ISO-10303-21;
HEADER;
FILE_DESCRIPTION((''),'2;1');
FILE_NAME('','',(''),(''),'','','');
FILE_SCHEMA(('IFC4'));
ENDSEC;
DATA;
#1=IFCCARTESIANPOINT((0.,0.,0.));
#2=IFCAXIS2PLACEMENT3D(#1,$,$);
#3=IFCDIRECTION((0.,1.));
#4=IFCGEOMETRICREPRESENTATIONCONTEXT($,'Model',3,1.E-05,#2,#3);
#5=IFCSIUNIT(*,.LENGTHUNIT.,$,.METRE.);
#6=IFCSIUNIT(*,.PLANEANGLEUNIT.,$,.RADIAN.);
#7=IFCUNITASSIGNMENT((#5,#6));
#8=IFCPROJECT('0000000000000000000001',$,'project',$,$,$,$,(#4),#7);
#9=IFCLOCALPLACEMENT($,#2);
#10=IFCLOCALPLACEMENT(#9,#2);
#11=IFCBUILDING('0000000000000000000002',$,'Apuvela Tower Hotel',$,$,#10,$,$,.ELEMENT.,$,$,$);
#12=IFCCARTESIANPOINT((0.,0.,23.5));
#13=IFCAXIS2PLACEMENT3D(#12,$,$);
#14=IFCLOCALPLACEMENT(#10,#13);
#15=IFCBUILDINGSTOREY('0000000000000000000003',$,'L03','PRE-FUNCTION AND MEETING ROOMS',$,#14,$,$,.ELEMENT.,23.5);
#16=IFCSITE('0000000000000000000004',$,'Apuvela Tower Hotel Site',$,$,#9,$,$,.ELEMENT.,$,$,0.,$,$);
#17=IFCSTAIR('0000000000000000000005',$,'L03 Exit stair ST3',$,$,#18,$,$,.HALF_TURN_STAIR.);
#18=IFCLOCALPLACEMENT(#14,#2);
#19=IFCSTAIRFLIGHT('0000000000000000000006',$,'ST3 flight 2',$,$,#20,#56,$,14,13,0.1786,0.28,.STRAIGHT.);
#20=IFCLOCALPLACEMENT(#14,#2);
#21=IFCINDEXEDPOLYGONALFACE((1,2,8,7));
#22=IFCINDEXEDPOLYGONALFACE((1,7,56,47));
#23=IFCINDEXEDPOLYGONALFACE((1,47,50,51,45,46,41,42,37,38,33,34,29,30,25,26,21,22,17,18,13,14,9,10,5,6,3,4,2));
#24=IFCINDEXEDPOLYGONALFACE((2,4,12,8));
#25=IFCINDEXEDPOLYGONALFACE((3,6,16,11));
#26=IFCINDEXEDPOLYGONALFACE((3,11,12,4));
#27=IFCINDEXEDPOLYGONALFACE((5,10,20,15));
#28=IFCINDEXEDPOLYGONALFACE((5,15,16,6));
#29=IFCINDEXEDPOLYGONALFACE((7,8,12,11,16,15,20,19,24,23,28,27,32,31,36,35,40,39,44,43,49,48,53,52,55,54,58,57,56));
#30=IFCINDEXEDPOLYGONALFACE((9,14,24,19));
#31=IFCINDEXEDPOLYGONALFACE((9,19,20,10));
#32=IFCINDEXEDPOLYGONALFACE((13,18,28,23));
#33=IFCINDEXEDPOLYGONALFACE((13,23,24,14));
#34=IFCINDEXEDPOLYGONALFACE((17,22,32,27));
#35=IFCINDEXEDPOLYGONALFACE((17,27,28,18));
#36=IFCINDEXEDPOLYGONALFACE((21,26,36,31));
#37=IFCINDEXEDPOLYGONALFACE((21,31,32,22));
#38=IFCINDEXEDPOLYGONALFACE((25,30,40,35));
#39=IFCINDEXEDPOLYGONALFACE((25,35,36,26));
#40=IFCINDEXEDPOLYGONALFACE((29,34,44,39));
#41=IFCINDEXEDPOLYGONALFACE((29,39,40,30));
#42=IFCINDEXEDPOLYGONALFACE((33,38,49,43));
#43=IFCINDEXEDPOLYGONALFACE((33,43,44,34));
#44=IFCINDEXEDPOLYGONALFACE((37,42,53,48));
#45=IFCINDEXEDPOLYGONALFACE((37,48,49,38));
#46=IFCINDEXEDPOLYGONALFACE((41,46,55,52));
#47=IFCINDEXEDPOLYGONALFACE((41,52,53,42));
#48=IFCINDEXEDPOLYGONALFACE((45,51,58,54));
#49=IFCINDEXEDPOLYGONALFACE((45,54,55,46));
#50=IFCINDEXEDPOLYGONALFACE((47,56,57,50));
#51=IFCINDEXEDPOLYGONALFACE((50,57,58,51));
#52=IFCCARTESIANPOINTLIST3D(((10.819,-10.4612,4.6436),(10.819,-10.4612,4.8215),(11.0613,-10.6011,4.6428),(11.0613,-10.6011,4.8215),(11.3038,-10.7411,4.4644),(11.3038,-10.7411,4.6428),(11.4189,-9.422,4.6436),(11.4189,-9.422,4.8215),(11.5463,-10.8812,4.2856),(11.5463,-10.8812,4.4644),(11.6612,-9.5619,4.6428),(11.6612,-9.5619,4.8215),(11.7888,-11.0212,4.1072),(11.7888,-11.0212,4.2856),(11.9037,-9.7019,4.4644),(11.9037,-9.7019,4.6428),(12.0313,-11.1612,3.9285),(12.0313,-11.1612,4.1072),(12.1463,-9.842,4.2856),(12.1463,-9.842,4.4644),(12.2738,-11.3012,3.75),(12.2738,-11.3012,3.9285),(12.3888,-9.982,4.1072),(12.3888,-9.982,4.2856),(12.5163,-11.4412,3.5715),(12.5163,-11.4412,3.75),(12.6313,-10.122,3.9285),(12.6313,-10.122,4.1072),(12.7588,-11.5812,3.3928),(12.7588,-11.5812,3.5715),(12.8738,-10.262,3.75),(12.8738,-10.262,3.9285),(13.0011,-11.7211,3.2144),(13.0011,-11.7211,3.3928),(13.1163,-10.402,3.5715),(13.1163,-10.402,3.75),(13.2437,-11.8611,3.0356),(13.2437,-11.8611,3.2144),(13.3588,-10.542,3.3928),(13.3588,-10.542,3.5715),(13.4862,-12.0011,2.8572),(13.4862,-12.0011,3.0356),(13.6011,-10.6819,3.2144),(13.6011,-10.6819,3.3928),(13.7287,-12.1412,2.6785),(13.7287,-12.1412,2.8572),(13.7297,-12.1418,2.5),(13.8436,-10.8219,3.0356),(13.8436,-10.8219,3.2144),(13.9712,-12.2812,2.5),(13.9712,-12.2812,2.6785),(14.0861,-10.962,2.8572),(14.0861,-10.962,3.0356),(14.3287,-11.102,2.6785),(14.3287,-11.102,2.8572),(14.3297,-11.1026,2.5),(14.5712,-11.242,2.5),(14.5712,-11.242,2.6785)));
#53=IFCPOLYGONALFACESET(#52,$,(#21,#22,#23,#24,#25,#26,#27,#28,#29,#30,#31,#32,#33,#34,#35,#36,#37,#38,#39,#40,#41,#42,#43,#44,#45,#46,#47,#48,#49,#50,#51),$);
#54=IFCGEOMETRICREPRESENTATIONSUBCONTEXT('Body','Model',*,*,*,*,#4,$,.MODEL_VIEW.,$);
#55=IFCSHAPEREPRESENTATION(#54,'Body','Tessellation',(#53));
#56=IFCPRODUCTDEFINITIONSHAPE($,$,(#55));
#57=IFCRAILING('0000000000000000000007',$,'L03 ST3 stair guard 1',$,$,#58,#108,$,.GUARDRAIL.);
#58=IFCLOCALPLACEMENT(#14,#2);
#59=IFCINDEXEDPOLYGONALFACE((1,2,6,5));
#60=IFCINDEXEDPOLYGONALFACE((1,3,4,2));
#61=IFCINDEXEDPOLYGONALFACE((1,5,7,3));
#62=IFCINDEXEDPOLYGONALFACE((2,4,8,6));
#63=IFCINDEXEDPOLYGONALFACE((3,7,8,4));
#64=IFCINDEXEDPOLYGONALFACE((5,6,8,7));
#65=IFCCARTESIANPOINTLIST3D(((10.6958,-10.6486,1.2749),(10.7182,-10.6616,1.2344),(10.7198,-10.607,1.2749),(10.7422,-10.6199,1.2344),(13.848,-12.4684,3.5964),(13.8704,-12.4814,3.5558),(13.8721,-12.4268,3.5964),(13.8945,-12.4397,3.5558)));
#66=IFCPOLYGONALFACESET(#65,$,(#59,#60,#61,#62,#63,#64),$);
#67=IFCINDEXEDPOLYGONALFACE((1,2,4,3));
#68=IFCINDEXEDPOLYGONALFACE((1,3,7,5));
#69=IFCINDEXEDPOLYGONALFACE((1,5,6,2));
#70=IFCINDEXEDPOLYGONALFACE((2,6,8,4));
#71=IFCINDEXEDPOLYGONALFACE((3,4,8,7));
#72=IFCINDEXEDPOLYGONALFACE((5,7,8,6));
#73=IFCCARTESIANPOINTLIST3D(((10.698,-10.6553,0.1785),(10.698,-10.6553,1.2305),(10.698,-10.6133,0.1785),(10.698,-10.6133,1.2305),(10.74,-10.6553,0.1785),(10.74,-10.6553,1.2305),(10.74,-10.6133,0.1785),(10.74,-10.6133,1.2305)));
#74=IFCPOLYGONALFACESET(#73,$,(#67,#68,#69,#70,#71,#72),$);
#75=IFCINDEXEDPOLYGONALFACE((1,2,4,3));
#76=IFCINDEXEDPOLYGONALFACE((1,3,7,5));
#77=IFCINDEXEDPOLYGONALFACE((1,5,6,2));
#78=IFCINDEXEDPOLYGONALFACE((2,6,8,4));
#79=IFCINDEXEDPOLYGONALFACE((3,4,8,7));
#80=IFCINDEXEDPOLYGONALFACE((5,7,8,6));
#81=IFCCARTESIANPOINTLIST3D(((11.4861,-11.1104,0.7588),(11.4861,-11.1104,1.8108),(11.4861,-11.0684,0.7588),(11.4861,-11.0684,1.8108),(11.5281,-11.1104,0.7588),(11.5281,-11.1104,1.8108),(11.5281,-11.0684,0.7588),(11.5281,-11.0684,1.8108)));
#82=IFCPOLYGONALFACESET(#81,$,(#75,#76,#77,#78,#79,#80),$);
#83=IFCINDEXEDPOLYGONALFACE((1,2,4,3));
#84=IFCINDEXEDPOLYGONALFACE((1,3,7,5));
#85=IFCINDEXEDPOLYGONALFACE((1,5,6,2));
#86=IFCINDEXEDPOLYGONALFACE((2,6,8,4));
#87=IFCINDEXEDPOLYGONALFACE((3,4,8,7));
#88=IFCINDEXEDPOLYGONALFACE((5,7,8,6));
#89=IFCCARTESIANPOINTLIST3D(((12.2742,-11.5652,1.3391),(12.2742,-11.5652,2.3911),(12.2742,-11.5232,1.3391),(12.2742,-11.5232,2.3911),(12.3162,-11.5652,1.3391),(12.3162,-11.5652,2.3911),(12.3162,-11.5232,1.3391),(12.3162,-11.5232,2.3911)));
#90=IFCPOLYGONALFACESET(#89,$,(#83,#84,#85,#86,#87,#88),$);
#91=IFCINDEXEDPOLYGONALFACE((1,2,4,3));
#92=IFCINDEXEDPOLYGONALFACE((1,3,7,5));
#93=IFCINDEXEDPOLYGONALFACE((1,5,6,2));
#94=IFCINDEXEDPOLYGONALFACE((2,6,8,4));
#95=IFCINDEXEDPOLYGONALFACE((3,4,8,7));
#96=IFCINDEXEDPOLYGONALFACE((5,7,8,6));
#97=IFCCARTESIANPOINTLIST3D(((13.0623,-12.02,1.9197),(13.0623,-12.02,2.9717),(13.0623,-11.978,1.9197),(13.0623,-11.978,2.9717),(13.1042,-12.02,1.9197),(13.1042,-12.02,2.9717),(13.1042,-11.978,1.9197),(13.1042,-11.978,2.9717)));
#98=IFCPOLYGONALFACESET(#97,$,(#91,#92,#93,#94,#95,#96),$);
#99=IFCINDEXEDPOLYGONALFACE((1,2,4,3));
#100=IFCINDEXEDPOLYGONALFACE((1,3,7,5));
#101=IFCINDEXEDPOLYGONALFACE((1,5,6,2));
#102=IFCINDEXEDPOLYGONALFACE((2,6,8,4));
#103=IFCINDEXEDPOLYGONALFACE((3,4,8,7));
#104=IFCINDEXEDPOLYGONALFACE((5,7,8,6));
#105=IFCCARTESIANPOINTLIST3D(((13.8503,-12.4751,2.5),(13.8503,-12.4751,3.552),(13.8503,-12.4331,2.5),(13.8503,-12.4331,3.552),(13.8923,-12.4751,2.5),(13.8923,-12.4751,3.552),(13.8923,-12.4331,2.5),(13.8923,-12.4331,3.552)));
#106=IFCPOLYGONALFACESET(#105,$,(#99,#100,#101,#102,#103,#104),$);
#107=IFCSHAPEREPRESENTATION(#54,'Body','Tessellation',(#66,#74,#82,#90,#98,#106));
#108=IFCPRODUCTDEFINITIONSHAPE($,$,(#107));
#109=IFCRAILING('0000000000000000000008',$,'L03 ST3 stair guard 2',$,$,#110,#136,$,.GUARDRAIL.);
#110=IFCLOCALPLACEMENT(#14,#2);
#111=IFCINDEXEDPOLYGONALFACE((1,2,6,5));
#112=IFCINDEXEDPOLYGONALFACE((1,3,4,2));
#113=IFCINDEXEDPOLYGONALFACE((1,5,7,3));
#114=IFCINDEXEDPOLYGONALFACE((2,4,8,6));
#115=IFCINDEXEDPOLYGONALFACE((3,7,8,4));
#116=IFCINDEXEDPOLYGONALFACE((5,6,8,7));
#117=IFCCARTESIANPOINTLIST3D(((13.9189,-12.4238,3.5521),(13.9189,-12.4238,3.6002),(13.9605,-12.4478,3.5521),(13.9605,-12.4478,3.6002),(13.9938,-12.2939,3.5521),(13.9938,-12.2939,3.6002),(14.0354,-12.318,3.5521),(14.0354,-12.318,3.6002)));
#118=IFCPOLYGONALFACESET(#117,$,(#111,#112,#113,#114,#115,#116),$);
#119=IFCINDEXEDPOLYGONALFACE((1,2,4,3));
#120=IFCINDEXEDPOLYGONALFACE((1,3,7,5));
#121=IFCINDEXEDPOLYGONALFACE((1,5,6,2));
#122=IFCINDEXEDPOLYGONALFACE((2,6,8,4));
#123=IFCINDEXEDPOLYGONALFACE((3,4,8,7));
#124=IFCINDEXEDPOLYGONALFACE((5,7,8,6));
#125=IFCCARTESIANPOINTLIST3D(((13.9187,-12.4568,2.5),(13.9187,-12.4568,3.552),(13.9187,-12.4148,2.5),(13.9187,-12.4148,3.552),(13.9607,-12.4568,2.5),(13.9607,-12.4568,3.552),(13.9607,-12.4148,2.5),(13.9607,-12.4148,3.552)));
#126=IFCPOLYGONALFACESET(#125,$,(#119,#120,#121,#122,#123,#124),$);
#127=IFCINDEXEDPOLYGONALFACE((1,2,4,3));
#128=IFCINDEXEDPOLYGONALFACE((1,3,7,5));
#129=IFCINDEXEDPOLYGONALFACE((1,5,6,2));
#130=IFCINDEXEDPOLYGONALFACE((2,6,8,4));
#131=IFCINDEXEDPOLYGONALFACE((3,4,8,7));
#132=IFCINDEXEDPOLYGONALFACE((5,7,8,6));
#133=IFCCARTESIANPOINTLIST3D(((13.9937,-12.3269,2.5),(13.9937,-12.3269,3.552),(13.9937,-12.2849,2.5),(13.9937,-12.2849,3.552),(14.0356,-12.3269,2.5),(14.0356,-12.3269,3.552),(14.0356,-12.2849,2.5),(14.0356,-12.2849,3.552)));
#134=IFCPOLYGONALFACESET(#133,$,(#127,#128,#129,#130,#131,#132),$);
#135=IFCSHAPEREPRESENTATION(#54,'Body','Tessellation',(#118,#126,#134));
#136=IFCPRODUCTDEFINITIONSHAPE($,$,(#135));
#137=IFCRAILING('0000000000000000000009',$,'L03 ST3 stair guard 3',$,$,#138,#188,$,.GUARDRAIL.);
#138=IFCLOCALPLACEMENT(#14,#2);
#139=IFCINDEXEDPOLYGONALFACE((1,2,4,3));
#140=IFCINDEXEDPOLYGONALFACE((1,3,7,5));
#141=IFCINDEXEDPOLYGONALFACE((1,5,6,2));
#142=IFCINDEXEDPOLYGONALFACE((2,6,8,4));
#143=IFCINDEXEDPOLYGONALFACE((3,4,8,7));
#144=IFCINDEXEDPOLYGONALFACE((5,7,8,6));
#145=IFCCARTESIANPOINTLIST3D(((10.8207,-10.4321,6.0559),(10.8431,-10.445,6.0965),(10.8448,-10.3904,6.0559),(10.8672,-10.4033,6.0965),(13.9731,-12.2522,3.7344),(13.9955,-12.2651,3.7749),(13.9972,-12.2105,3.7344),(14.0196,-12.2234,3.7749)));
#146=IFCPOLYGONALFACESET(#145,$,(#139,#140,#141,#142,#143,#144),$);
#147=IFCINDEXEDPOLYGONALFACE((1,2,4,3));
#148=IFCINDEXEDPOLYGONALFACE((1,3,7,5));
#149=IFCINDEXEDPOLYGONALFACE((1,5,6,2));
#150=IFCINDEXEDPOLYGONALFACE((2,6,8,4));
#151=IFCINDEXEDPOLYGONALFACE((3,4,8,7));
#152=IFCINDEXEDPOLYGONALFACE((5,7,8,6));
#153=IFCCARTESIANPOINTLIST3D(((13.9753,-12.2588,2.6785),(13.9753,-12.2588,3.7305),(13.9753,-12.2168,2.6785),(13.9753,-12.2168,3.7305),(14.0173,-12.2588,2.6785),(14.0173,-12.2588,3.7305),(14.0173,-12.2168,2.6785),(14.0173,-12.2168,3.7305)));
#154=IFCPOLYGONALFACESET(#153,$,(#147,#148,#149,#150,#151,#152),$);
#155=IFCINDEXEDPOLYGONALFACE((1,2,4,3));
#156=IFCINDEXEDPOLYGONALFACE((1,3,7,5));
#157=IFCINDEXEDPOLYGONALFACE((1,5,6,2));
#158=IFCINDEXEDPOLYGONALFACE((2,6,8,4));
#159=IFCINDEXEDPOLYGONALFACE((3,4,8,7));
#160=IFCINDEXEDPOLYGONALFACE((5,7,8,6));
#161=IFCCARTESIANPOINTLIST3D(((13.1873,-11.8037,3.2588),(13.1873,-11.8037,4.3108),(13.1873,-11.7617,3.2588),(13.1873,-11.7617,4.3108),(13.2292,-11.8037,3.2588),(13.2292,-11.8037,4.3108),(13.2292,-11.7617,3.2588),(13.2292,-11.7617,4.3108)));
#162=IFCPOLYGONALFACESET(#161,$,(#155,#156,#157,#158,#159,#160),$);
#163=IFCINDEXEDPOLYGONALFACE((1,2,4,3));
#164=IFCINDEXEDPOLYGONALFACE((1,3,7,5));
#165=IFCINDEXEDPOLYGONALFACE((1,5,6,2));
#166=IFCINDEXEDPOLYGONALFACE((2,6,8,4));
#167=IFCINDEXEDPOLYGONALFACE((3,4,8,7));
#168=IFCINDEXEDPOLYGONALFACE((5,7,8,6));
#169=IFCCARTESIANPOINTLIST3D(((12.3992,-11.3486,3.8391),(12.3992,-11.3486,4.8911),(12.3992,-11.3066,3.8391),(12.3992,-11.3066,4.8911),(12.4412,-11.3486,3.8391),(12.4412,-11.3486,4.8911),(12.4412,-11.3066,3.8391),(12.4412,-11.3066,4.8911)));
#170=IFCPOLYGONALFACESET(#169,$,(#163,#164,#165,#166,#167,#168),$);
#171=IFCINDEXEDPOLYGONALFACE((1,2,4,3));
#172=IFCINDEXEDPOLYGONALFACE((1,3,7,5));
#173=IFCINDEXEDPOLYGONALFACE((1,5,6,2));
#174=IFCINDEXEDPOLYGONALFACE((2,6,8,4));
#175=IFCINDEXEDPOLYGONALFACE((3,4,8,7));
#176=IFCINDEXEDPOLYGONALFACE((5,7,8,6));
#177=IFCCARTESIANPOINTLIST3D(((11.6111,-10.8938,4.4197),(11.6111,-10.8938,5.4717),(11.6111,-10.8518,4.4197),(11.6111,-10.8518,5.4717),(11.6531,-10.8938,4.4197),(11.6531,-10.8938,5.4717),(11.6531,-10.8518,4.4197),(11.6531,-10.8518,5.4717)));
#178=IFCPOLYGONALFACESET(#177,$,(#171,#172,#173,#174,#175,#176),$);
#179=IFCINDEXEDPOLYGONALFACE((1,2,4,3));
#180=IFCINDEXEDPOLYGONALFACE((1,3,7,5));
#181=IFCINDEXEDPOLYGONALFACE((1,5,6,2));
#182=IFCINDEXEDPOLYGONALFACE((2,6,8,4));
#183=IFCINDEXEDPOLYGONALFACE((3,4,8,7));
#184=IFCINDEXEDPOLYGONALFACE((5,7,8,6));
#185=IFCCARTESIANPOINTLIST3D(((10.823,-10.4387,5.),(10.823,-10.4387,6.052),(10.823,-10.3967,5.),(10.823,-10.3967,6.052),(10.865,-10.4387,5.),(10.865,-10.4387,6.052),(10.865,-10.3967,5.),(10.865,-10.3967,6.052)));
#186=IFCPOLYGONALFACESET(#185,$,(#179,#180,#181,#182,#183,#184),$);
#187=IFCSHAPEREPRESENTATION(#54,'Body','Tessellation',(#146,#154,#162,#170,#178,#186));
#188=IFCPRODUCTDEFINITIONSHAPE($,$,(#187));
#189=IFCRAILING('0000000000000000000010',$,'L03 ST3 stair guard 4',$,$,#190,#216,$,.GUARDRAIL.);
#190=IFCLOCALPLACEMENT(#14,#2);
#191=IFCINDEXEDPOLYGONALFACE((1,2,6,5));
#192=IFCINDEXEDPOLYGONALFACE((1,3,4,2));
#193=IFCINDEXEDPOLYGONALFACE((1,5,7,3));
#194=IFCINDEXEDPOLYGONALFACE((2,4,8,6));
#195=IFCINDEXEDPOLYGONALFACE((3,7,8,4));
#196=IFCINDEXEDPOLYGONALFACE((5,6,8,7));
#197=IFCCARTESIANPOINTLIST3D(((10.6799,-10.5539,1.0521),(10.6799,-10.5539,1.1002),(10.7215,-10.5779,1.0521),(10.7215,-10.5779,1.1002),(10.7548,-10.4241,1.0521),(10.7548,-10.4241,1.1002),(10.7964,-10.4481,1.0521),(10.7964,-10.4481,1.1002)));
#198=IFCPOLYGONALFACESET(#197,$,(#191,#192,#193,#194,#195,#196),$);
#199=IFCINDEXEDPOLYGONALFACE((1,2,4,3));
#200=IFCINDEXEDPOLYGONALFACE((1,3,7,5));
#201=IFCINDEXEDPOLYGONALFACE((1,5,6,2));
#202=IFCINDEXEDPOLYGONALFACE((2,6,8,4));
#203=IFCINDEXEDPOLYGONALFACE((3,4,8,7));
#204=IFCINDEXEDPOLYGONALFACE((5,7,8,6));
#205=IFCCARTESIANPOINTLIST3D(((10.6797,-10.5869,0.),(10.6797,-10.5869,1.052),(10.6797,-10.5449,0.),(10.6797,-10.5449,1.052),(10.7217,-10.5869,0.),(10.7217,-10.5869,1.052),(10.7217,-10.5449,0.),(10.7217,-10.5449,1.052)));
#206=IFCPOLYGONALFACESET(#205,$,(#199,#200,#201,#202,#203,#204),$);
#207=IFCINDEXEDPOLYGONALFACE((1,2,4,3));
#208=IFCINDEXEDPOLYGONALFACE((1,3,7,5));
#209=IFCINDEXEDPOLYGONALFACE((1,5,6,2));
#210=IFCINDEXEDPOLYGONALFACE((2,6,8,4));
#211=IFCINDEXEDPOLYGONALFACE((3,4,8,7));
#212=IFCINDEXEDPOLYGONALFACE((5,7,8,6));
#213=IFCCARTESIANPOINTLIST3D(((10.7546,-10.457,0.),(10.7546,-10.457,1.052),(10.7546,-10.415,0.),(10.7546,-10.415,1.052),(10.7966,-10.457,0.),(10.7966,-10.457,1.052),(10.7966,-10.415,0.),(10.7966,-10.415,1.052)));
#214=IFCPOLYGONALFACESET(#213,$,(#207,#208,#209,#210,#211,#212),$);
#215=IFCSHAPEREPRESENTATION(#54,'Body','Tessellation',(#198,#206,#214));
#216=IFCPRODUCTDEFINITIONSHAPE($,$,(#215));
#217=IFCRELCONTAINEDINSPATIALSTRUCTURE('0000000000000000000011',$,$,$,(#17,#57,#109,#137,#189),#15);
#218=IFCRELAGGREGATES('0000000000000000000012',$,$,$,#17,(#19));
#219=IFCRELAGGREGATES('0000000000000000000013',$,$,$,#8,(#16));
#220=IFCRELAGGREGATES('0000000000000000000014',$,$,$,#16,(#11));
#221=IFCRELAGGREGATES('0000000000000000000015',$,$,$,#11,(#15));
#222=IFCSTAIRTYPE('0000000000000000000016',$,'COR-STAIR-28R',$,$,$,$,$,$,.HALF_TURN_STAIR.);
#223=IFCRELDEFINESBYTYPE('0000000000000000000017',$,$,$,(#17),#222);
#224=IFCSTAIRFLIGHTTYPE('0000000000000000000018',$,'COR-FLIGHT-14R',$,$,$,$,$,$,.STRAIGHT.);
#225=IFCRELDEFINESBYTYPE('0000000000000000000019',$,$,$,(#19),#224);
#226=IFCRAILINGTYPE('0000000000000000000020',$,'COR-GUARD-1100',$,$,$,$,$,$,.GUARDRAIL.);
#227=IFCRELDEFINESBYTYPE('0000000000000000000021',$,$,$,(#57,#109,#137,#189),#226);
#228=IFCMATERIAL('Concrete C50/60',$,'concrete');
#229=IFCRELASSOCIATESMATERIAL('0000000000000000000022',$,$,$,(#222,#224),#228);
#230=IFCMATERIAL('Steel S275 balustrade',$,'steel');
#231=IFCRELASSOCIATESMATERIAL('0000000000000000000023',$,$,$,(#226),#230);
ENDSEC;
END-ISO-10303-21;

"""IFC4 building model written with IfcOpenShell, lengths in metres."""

from ifc_helpers import new_model, si_unit, direction, frame, origin, origin_2d, place, context, subcontext, project, spatial, polyline, rectangle, outline, extrude, material, type_object, element, aggregate, save


model = new_model("IFC4")

# Units and contexts
model_context = context("Model", 3, precision=1e-05, world=origin(), true_north=direction((0.0, 1.0)))
body_context = subcontext(model_context, "Body", "Model", "MODEL_VIEW")
ifc_project = project(units=[si_unit("LENGTHUNIT", "METRE"), si_unit("PLANEANGLEUNIT", "RADIAN")], contexts=[model_context])

# Site, building, storey
site_placement = place(None, origin())
site = spatial("IfcSite", under=ifc_project, at=site_placement, Name="Apuvela Tower Hotel Site", CompositionType="ELEMENT", RefElevation=0.0)
building_placement = place(site_placement, origin())
building = spatial("IfcBuilding", under=site, at=building_placement, Name="Apuvela Tower Hotel", CompositionType="ELEMENT")
storey_placement = place(building_placement, frame((0.0, 0.0, 23.5)))
storey = spatial("IfcBuildingStorey", under=building, at=storey_placement, Name="L03", Description="PRE-FUNCTION AND MEETING ROOMS", CompositionType="ELEMENT", Elevation=23.5)

# Shared definitions
ifc_material_1 = material(Name="Concrete C50/60", Category="concrete")

# Stair, stair flight
stair_type = type_object("IfcStairType", Name="COR-STAIR-28R", PredefinedType="HALF_TURN_STAIR", material=ifc_material_1)
stair_placement = place(storey_placement, origin())
stair = element("IfcStair", 1, at=stair_placement, inside=storey, type_object=stair_type, Name="L03 Exit stair ST3", PredefinedType="HALF_TURN_STAIR")
stair_flight_type = type_object("IfcStairFlightType", Name="COR-FLIGHT-14R", PredefinedType="STRAIGHT", material=ifc_material_1)
stair_flight_1_placement = place(storey_placement, frame((14.2712, -11.7615, 2.5), z_axis=(0.0, 0.0, 1.0), x_axis=(-0.866025, 0.5, 0.0)))
stair_flight_1 = element("IfcStairFlight", 2, at=stair_flight_1_placement, type_object=stair_flight_type, Name="ST3 flight 2", NumberOfRisers=14, NumberOfTreads=13, PredefinedType="STRAIGHT", RiserHeight=0.1786, TreadLength=0.28, context=body_context, shape_type="SweptSolid", body=[
    extrude(outline(polyline([(0.0, 0.0), (0.0, 0.1785), (0.28, 0.1785), (0.28, 0.3572), (0.5601, 0.3572), (0.5601, 0.5356), (0.8401, 0.5356), (0.8401, 0.7144), (1.1201, 0.7144), (1.1201, 0.8928), (1.3999, 0.8928), (1.3999, 1.0715), (1.6799, 1.0715), (1.6799, 1.25), (1.96, 1.25), (1.96, 1.4285), (2.24, 1.4285), (2.24, 1.6072), (2.52, 1.6072), (2.52, 1.7856), (2.8, 1.7856), (2.8, 1.9644), (3.0801, 1.9644), (3.0801, 2.1428), (3.3601, 2.1428), (3.3601, 2.3215), (3.6399, 2.3215), (3.6399, 2.5), (3.6399, 2.1436), (0.2788, 0.0), (0.0, 0.0)])), frame((0.0, 0.6001, 0.0), z_axis=(0.0, -1.0, 0.0), x_axis=(1.0, 0.0, 0.0)), (0.0, 0.0, 1.0), 1.2),
])
aggregate(stair, [stair_flight_1])

# Railings
ifc_material_2 = material(Name="Steel S275 balustrade", Category="steel")
railing_type_1 = type_object("IfcRailingType", Name="COR-GUARD-1100", PredefinedType="GUARDRAIL", material=ifc_material_2)
railing_1_placement = place(storey_placement, frame((10.719, -10.6343, 0.1785)))
element("IfcRailing", 3, at=railing_1_placement, inside=storey, type_object=railing_type_1, Name="L03 ST3 stair guard 1", PredefinedType="GUARDRAIL", context=body_context, shape_type="SweptSolid", body=[
    extrude(rectangle(XDim=0.0481, YDim=0.0481, at=origin_2d()), frame((0.0, 0.0, 1.0762), z_axis=(0.730176, -0.421525, 0.537736), x_axis=(0.499962, 0.866047, 0.0)), (0.0, 0.0, 1.0), 4.3171),
    extrude(rectangle(XDim=0.042, YDim=0.042, at=origin_2d()), origin(), (0.0, 0.0, 1.0), 1.052),
    extrude(rectangle(XDim=0.042, YDim=0.042, at=origin_2d()), frame((0.7881, -0.4551, 0.5803)), (0.0, 0.0, 1.0), 1.052),
    extrude(rectangle(XDim=0.042, YDim=0.042, at=origin_2d()), frame((1.5762, -0.9099, 1.1606)), (0.0, 0.0, 1.0), 1.052),
    extrude(rectangle(XDim=0.042, YDim=0.042, at=origin_2d()), frame((2.3643, -1.3647, 1.7412)), (0.0, 0.0, 1.0), 1.052),
    extrude(rectangle(XDim=0.042, YDim=0.042, at=origin_2d()), frame((3.1523, -1.8198, 2.3215)), (0.0, 0.0, 1.0), 1.052),
])
railing_2_placement = place(storey_placement, frame((13.9397, -12.4358, 2.5)))
element("IfcRailing", 4, at=railing_2_placement, inside=storey, type_object=railing_type_1, Name="L03 ST3 stair guard 2", PredefinedType="GUARDRAIL", context=body_context, shape_type="SweptSolid", body=[
    extrude(rectangle(XDim=0.0481, YDim=0.0481, at=origin_2d()), frame((0.0, 0.0, 1.0762), z_axis=(0.499816, 0.866131, 0.0), x_axis=(-0.866131, 0.499816, 0.0)), (0.0, 0.0, 1.0), 0.1499),
    extrude(rectangle(XDim=0.042, YDim=0.042, at=origin_2d()), origin(), (0.0, 0.0, 1.0), 1.052),
    extrude(rectangle(XDim=0.042, YDim=0.042, at=origin_2d()), frame((0.075, 0.1299, 0.0)), (0.0, 0.0, 1.0), 1.052),
])
railing_3_placement = place(storey_placement, frame((13.9963, -12.2378, 2.6785)))
element("IfcRailing", 5, at=railing_3_placement, inside=storey, type_object=railing_type_1, Name="L03 ST3 stair guard 3", PredefinedType="GUARDRAIL", context=body_context, shape_type="SweptSolid", body=[
    extrude(rectangle(XDim=0.0481, YDim=0.0481, at=origin_2d()), frame((0.0, 0.0, 1.0762), z_axis=(-0.730159, 0.421572, 0.537723), x_axis=(-0.500013, -0.866018, 0.0)), (0.0, 0.0, 1.0), 4.3174),
    extrude(rectangle(XDim=0.042, YDim=0.042, at=origin_2d()), origin(), (0.0, 0.0, 1.0), 1.052),
    extrude(rectangle(XDim=0.042, YDim=0.042, at=origin_2d()), frame((-0.7881, 0.4551, 0.5803)), (0.0, 0.0, 1.0), 1.052),
    extrude(rectangle(XDim=0.042, YDim=0.042, at=origin_2d()), frame((-1.5762, 0.9102, 1.1606)), (0.0, 0.0, 1.0), 1.052),
    extrude(rectangle(XDim=0.042, YDim=0.042, at=origin_2d()), frame((-2.3643, 1.365, 1.7412)), (0.0, 0.0, 1.0), 1.052),
    extrude(rectangle(XDim=0.042, YDim=0.042, at=origin_2d()), frame((-3.1523, 1.8201, 2.3215)), (0.0, 0.0, 1.0), 1.052),
])
railing_4_placement = place(storey_placement, frame((10.7007, -10.5659, 0.0)))
element("IfcRailing", 6, at=railing_4_placement, inside=storey, type_object=railing_type_1, Name="L03 ST3 stair guard 4", PredefinedType="GUARDRAIL", context=body_context, shape_type="SweptSolid", body=[
    extrude(rectangle(XDim=0.0481, YDim=0.0481, at=origin_2d()), frame((0.0, 0.0, 1.0762), z_axis=(0.499816, 0.866131, 0.0), x_axis=(-0.866131, 0.499816, 0.0)), (0.0, 0.0, 1.0), 0.1499),
    extrude(rectangle(XDim=0.042, YDim=0.042, at=origin_2d()), origin(), (0.0, 0.0, 1.0), 1.052),
    extrude(rectangle(XDim=0.042, YDim=0.042, at=origin_2d()), frame((0.075, 0.1299, 0.0)), (0.0, 0.0, 1.0), 1.052),
])

save(model, "model.ifc")
